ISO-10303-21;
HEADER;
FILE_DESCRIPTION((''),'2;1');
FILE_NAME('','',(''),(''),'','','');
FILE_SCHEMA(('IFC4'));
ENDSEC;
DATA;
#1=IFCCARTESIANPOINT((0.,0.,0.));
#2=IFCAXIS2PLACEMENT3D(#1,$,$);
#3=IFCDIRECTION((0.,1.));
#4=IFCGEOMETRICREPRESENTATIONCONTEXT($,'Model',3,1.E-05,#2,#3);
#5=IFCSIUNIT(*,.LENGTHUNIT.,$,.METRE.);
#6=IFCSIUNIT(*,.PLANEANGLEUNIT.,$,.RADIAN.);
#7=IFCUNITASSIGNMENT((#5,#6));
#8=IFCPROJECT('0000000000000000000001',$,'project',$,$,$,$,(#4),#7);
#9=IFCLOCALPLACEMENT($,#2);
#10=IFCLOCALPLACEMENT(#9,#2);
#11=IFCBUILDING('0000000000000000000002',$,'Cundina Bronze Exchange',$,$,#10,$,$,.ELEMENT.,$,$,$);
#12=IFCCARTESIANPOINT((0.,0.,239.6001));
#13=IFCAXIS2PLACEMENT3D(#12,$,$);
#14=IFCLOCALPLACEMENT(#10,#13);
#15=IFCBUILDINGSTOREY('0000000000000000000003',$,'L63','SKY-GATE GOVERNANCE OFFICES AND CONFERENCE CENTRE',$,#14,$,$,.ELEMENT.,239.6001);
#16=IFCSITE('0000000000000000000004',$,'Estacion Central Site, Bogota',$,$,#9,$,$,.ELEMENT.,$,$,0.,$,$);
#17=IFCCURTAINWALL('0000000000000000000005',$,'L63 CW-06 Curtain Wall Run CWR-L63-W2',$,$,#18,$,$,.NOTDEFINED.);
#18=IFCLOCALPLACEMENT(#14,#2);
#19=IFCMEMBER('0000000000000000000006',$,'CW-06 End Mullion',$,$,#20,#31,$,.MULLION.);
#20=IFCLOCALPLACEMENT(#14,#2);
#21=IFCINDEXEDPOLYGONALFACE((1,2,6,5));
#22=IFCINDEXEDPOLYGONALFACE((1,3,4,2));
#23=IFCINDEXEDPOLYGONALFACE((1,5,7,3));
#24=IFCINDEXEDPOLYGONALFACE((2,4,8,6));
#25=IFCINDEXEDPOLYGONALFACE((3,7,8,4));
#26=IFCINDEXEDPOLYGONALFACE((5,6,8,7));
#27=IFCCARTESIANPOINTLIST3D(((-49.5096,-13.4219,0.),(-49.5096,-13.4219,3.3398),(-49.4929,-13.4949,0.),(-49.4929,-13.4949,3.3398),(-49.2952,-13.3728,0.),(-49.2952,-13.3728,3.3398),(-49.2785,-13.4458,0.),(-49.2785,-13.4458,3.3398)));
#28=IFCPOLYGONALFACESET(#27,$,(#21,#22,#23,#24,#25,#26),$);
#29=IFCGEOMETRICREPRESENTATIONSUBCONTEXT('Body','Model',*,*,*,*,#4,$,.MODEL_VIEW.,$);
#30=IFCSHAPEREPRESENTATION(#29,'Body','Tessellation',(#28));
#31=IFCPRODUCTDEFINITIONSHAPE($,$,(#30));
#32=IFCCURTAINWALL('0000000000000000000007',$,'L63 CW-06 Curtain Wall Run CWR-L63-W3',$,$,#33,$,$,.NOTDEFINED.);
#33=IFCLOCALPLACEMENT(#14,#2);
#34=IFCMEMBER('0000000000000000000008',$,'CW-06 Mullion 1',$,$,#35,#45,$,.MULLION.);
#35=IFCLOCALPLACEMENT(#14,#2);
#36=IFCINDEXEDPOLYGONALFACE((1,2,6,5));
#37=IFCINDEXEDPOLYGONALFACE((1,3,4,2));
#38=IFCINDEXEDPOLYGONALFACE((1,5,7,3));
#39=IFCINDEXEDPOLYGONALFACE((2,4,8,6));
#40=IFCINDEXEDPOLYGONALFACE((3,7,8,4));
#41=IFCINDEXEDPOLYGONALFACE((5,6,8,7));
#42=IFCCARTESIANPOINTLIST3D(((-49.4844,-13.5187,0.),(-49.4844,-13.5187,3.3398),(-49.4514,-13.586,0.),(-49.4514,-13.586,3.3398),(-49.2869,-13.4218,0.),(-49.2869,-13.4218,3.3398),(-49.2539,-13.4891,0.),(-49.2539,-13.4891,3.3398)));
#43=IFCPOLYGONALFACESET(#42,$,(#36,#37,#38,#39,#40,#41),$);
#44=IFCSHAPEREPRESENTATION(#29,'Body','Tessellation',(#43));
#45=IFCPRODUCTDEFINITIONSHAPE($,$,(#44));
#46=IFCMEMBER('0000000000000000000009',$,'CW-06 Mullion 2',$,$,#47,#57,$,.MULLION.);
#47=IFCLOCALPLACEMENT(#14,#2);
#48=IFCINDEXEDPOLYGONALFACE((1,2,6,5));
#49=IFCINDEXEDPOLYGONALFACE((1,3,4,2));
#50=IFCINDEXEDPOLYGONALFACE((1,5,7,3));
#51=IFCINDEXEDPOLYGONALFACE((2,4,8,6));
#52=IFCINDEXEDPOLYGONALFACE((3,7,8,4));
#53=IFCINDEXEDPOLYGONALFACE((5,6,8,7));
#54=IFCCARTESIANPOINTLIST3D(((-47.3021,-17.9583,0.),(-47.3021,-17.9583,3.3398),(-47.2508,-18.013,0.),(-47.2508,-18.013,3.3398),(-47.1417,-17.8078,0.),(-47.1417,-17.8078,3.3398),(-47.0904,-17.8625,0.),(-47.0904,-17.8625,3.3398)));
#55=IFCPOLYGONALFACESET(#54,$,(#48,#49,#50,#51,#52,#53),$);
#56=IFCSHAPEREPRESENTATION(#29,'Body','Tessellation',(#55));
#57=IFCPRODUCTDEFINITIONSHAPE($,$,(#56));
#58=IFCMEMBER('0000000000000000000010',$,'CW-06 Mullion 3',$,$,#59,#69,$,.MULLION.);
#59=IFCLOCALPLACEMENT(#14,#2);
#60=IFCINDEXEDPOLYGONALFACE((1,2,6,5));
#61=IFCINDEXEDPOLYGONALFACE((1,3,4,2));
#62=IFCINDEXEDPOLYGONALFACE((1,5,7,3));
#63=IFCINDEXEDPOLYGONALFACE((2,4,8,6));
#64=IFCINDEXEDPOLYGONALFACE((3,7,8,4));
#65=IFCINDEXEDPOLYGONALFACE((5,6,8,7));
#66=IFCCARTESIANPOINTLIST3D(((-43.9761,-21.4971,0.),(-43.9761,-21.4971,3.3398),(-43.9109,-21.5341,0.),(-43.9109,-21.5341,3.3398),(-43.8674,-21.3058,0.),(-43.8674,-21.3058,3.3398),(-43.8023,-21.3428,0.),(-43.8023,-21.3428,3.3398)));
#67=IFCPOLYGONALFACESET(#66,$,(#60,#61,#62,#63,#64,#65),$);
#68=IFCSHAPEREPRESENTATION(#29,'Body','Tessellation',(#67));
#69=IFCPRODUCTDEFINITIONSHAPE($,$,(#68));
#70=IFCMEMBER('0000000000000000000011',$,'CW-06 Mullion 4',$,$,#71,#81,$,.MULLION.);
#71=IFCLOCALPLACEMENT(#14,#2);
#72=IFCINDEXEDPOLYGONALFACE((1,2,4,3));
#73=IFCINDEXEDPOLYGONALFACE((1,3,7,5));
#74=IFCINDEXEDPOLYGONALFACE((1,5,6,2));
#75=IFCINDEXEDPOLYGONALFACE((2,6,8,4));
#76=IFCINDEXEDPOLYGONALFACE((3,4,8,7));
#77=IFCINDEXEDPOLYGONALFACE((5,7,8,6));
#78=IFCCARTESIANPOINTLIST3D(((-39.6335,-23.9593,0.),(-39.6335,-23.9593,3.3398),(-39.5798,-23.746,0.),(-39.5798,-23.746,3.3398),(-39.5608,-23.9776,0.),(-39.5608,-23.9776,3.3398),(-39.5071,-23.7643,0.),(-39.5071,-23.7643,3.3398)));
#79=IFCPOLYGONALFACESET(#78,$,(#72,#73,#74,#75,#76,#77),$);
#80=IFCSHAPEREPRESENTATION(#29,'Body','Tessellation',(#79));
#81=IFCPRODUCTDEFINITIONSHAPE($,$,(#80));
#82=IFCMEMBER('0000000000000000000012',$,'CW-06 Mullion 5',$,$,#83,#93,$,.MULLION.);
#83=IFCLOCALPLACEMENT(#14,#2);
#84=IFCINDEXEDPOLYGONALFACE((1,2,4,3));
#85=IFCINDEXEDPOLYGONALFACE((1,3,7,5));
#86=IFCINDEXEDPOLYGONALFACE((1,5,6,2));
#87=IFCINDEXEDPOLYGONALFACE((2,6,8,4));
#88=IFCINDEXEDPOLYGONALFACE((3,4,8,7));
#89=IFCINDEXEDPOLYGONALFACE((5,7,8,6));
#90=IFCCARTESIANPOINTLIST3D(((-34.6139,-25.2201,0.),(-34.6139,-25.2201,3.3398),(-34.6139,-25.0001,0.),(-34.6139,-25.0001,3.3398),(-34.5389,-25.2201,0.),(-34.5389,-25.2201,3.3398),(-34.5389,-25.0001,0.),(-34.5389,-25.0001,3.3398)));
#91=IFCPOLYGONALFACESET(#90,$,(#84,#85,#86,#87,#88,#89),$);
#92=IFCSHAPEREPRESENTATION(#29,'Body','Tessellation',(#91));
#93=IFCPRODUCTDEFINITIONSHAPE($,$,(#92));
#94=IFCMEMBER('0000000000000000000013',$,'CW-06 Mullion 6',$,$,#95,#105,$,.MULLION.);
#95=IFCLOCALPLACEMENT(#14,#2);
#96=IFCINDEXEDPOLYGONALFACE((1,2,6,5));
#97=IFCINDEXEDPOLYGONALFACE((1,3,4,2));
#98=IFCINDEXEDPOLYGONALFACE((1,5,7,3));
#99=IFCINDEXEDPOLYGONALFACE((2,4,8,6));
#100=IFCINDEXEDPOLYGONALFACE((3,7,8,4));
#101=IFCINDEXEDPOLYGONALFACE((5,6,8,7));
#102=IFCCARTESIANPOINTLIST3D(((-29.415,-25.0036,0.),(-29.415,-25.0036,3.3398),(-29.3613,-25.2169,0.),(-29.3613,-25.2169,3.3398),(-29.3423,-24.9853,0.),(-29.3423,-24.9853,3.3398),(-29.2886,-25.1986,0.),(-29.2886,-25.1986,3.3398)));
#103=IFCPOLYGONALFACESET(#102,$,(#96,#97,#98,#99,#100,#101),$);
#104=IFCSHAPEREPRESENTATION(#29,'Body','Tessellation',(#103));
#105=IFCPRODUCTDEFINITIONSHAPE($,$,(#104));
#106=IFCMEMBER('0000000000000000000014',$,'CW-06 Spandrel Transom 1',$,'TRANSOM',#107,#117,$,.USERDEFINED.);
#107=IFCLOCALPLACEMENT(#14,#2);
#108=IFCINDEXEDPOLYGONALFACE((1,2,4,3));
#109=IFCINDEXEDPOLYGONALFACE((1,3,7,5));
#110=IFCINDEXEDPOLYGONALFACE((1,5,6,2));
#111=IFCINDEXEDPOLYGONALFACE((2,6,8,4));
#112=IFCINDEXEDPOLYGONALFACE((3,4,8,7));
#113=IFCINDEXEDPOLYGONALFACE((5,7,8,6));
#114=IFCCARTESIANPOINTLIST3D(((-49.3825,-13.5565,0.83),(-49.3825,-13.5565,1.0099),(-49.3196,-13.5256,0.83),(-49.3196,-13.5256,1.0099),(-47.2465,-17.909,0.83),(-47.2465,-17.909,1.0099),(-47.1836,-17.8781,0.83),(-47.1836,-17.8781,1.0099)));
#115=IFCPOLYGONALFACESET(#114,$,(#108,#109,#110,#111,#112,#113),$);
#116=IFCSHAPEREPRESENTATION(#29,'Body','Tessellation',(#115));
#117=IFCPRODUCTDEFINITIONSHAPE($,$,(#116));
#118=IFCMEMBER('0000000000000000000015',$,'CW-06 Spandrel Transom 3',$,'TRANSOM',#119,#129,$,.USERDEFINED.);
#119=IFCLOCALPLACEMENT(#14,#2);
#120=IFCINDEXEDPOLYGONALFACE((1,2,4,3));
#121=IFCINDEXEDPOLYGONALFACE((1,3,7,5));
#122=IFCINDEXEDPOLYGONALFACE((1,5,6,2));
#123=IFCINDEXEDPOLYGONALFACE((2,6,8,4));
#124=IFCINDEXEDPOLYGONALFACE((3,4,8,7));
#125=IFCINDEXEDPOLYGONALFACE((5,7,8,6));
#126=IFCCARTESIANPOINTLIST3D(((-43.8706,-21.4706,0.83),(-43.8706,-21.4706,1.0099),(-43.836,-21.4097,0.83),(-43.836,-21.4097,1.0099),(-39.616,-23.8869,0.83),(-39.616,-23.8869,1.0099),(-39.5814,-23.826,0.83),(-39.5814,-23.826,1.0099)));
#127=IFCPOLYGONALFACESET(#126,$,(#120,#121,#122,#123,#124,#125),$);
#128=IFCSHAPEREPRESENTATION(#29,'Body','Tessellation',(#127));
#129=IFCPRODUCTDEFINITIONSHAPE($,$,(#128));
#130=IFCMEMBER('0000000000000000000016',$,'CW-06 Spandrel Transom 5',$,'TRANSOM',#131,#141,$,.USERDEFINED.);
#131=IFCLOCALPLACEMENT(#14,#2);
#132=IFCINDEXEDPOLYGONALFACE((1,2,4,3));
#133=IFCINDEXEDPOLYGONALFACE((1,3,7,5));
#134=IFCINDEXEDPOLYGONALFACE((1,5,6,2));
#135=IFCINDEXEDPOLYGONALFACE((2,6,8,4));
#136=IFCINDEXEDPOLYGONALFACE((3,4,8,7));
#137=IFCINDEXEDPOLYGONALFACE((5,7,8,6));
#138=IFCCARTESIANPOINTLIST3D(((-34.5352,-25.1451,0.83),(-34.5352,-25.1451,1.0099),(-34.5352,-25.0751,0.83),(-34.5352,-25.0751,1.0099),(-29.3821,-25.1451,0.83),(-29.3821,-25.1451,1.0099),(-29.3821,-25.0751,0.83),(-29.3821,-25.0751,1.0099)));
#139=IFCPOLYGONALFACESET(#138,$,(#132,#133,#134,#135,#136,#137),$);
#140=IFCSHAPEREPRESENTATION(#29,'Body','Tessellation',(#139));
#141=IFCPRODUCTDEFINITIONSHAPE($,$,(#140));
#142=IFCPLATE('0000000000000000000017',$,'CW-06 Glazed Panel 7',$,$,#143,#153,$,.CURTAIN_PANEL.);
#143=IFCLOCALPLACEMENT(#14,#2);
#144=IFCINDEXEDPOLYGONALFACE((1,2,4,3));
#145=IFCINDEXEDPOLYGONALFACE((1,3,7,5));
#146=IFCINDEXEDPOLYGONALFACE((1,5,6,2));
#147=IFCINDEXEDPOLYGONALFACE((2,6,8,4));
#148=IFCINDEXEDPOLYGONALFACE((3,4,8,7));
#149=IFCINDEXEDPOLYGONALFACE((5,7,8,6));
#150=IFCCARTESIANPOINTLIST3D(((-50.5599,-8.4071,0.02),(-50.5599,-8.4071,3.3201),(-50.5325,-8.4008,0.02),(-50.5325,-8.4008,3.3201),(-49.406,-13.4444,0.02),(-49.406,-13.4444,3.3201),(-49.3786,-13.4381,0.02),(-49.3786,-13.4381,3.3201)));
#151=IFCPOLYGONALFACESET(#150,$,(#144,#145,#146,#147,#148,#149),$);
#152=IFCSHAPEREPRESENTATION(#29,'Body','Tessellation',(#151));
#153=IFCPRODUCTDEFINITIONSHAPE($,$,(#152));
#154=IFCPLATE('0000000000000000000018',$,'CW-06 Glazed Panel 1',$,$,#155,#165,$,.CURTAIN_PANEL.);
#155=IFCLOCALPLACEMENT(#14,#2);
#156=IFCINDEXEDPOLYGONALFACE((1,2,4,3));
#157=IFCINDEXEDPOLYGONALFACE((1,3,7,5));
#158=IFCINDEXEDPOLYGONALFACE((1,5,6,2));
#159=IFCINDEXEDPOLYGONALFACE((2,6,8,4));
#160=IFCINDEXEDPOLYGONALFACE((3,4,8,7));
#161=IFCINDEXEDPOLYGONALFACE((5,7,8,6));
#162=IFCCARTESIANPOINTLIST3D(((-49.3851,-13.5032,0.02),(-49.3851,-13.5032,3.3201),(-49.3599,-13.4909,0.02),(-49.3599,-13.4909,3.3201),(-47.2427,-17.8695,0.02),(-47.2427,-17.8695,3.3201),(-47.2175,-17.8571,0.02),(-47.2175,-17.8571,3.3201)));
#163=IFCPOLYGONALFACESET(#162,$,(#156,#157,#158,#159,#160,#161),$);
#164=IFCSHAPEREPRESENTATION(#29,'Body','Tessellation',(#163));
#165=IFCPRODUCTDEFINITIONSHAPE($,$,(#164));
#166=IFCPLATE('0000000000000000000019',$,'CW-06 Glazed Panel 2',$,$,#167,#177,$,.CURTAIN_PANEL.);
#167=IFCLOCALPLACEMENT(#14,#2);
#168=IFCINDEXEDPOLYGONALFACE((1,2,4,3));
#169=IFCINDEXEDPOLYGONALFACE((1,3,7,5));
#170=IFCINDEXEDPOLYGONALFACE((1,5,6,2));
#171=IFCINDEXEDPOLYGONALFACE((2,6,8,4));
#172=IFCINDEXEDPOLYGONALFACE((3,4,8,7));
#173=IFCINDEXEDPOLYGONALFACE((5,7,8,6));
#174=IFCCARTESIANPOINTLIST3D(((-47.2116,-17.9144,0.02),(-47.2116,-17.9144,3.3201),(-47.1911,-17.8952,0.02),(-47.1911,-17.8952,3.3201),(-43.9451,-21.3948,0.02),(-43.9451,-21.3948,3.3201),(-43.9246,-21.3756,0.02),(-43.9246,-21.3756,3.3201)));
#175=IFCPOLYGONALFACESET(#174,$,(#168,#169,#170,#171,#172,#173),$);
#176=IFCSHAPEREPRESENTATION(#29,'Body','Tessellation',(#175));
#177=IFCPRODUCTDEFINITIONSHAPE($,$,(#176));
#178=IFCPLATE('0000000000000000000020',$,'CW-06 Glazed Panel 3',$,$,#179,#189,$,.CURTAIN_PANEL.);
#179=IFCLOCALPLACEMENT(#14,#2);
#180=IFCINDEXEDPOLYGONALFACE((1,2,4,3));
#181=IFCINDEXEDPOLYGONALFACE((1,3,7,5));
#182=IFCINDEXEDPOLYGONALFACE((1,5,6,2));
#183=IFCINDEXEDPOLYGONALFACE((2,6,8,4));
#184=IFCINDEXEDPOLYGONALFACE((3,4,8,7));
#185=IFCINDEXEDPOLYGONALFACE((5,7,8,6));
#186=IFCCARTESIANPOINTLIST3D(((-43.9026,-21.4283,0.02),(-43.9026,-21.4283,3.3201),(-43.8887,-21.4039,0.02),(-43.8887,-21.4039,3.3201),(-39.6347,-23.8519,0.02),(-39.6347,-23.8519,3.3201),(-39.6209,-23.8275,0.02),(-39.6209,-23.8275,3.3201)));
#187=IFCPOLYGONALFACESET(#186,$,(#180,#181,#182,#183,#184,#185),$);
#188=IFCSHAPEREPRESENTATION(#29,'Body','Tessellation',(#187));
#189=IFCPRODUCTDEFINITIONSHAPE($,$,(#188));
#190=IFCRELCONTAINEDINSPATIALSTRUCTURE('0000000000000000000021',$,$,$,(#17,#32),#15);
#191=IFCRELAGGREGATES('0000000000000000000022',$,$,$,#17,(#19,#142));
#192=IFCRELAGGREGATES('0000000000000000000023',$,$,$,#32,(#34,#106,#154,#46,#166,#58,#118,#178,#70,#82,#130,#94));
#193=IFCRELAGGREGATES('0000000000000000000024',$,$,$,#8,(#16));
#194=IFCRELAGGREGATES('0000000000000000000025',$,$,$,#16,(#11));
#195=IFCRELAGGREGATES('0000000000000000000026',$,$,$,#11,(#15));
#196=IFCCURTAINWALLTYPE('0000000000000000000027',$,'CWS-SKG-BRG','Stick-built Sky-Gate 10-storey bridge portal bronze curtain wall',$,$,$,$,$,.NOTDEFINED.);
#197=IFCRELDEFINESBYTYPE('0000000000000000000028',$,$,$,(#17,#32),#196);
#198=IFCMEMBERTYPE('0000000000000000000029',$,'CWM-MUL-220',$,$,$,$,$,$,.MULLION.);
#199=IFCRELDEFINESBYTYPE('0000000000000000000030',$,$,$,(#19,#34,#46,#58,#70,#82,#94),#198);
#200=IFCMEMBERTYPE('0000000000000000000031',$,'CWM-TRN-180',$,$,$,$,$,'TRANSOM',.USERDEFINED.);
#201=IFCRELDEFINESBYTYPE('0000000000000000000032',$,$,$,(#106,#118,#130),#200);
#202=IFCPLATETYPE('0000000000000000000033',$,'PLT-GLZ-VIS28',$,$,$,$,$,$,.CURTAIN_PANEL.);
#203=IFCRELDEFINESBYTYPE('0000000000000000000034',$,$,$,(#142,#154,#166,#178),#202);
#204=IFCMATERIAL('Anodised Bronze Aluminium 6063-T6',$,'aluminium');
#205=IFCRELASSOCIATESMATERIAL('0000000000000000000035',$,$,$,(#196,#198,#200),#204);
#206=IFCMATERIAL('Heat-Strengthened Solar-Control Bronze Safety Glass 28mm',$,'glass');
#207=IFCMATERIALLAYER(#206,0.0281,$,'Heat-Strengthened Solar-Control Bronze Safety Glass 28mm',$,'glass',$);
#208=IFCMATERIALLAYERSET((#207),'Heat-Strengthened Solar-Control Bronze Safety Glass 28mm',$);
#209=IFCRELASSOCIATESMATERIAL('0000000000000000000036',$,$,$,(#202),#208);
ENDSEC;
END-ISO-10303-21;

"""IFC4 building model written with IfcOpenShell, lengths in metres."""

from ifc_helpers import new_model, si_unit, direction, frame, origin, origin_2d, place, context, subcontext, project, spatial, rectangle, extrude, material, layer, layer_set, material_profile, profile_set, type_object, element, aggregate, save


model = new_model("IFC4")

# Units and contexts
model_context = context("Model", 3, precision=1e-05, world=origin(), true_north=direction((0.0, 1.0)))
body_context = subcontext(model_context, "Body", "Model", "MODEL_VIEW")
ifc_project = project(units=[si_unit("LENGTHUNIT", "METRE"), si_unit("PLANEANGLEUNIT", "RADIAN")], contexts=[model_context])

# Site, building, storey
site_placement = place(None, origin())
site = spatial("IfcSite", under=ifc_project, at=site_placement, Name="Estacion Central Site, Bogota", CompositionType="ELEMENT", RefElevation=0.0)
building_placement = place(site_placement, origin())
building = spatial("IfcBuilding", under=site, at=building_placement, Name="Cundina Bronze Exchange", CompositionType="ELEMENT")
storey_placement = place(building_placement, frame((0.0, 0.0, 239.6001)))
storey = spatial("IfcBuildingStorey", under=building, at=storey_placement, Name="L63", Description="SKY-GATE GOVERNANCE OFFICES AND CONFERENCE CENTRE", CompositionType="ELEMENT", Elevation=239.6001)

# Curtain wall, member
ifc_material_1 = material(Name="Anodised Bronze Aluminium 6063-T6", Category="aluminium")
curtain_wall_type = type_object("IfcCurtainWallType", Name="CWS-SKG-BRG", Description="Stick-built Sky-Gate 10-storey bridge portal bronze curtain wall", PredefinedType="NOTDEFINED", material=ifc_material_1)
curtain_wall_1_placement = place(storey_placement, origin())
curtain_wall_1 = element("IfcCurtainWall", 1, at=curtain_wall_1_placement, inside=storey, type_object=curtain_wall_type, Name="L63 CW-06 Curtain Wall Run CWR-L63-W2", PredefinedType="NOTDEFINED")
ifc_material_profile_1 = material_profile(ifc_material_1, rectangle(XDim=0.075, YDim=0.22, at=origin_2d()), Name="AL75X220", Category="aluminium")
ifc_profile_set_1 = profile_set([ifc_material_profile_1], Name="Anodised Bronze Aluminium 6063-T6")
member_type_1 = type_object("IfcMemberType", Name="CWM-MUL-220", PredefinedType="MULLION", material=ifc_profile_set_1)
member_1_placement = place(storey_placement, frame((-49.394, -13.4338, 0.0), z_axis=(0.0, 0.0, 1.0), x_axis=(0.22325, -0.974761, 0.0)))
member_1 = element("IfcMember", 2, at=member_1_placement, type_object=member_type_1, Name="CW-06 End Mullion", PredefinedType="MULLION", context=body_context, shape_type="SweptSolid", body=[
    extrude(rectangle(XDim=0.075, YDim=0.22, at=origin_2d()), origin(), (0.0, 0.0, 1.0), 3.3398),
])

# Curtain wall, members
curtain_wall_2_placement = place(storey_placement, origin())
curtain_wall_2 = element("IfcCurtainWall", 3, at=curtain_wall_2_placement, inside=storey, type_object=curtain_wall_type, Name="L63 CW-06 Curtain Wall Run CWR-L63-W3", PredefinedType="NOTDEFINED")
member_2_placement = place(storey_placement, frame((-49.3691, -13.5039, 0.0), z_axis=(0.0, 0.0, 1.0), x_axis=(0.440566, -0.89772, 0.0)))
member_2 = element("IfcMember", 4, at=member_2_placement, type_object=member_type_1, Name="CW-06 Mullion 1", PredefinedType="MULLION", context=body_context, shape_type="SweptSolid", body=[
    extrude(rectangle(XDim=0.075, YDim=0.22, at=origin_2d()), origin(), (0.0, 0.0, 1.0), 3.3398),
])
member_3_placement = place(storey_placement, frame((-47.1963, -17.9104, 0.0), z_axis=(0.0, 0.0, 1.0), x_axis=(0.684293, -0.729208, 0.0)))
member_3 = element("IfcMember", 5, at=member_3_placement, type_object=member_type_1, Name="CW-06 Mullion 2", PredefinedType="MULLION", context=body_context, shape_type="SweptSolid", body=[
    extrude(rectangle(XDim=0.075, YDim=0.22, at=origin_2d()), origin(), (0.0, 0.0, 1.0), 3.3398),
])
member_4_placement = place(storey_placement, frame((-43.8892, -21.4199, 0.0), z_axis=(0.0, 0.0, 1.0), x_axis=(0.869581, -0.49379, 0.0)))
member_4 = element("IfcMember", 6, at=member_4_placement, type_object=member_type_1, Name="CW-06 Mullion 3", PredefinedType="MULLION", context=body_context, shape_type="SweptSolid", body=[
    extrude(rectangle(XDim=0.075, YDim=0.22, at=origin_2d()), origin(), (0.0, 0.0, 1.0), 3.3398),
])
member_5_placement = place(storey_placement, frame((-39.5703, -23.8618, 0.0), z_axis=(0.0, 0.0, 1.0), x_axis=(0.969744, -0.244123, 0.0)))
member_5 = element("IfcMember", 7, at=member_5_placement, type_object=member_type_1, Name="CW-06 Mullion 4", PredefinedType="MULLION", context=body_context, shape_type="SweptSolid", body=[
    extrude(rectangle(XDim=0.075, YDim=0.22, at=origin_2d()), origin(), (0.0, 0.0, 1.0), 3.3398),
])
member_6_placement = place(storey_placement, frame((-34.5764, -25.1101, 0.0), z_axis=(0.0, 0.0, 1.0), x_axis=(1.0, 0.0, 0.0)))
member_6 = element("IfcMember", 8, at=member_6_placement, type_object=member_type_1, Name="CW-06 Mullion 5", PredefinedType="MULLION", context=body_context, shape_type="SweptSolid", body=[
    extrude(rectangle(XDim=0.075, YDim=0.22, at=origin_2d()), origin(), (0.0, 0.0, 1.0), 3.3398),
])
member_7_placement = place(storey_placement, frame((-29.3518, -25.1011, 0.0), z_axis=(0.0, 0.0, 1.0), x_axis=(0.969744, 0.244123, 0.0)))
member_7 = element("IfcMember", 9, at=member_7_placement, type_object=member_type_1, Name="CW-06 Mullion 6", PredefinedType="MULLION", context=body_context, shape_type="SweptSolid", body=[
    extrude(rectangle(XDim=0.075, YDim=0.22, at=origin_2d()), origin(), (0.0, 0.0, 1.0), 3.3398),
])
ifc_material_profile_2 = material_profile(ifc_material_1, rectangle(XDim=0.0701, YDim=0.1799, at=origin_2d()), Name="AL70X180", Category="aluminium")
ifc_profile_set_2 = profile_set([ifc_material_profile_2], Name="Anodised Bronze Aluminium 6063-T6")
member_type_2 = type_object("IfcMemberType", Name="CWM-TRN-180", ElementType="TRANSOM", PredefinedType="USERDEFINED", material=ifc_profile_set_2)
member_8_placement = place(storey_placement, frame((-49.3511, -13.541, 0.9199), z_axis=(0.440554, -0.897726, 0.0), x_axis=(0.897726, 0.440554, 0.0)))
member_8 = element("IfcMember", 10, at=member_8_placement, type_object=member_type_2, Name="CW-06 Spandrel Transom 1", ObjectType="TRANSOM", PredefinedType="USERDEFINED", context=body_context, shape_type="SweptSolid", body=[
    extrude(rectangle(XDim=0.0701, YDim=0.1799, at=origin_2d()), origin(), (0.0, 0.0, 1.0), 4.8484),
])
member_9_placement = place(storey_placement, frame((-43.8533, -21.4402, 0.9199), z_axis=(0.869557, -0.493832, 0.0), x_axis=(0.493832, 0.869557, 0.0)))
member_9 = element("IfcMember", 11, at=member_9_placement, type_object=member_type_2, Name="CW-06 Spandrel Transom 3", ObjectType="TRANSOM", PredefinedType="USERDEFINED", context=body_context, shape_type="SweptSolid", body=[
    extrude(rectangle(XDim=0.0701, YDim=0.1799, at=origin_2d()), origin(), (0.0, 0.0, 1.0), 4.8928),
])
member_10_placement = place(storey_placement, frame((-34.5352, -25.1101, 0.9199), z_axis=(1.0, 0.0, 0.0), x_axis=(0.0, 1.0, 0.0)))
member_10 = element("IfcMember", 12, at=member_10_placement, type_object=member_type_2, Name="CW-06 Spandrel Transom 5", ObjectType="TRANSOM", PredefinedType="USERDEFINED", context=body_context, shape_type="SweptSolid", body=[
    extrude(rectangle(XDim=0.0701, YDim=0.1799, at=origin_2d()), origin(), (0.0, 0.0, 1.0), 5.1531),
])

# Plates
ifc_material_2 = material(Name="Heat-Strengthened Solar-Control Bronze Safety Glass 28mm", Category="glass")
ifc_layer_1 = layer(ifc_material_2, 0.0281, Name="Heat-Strengthened Solar-Control Bronze Safety Glass 28mm", Category="glass")
ifc_layer_set_1 = layer_set([ifc_layer_1], Name="Heat-Strengthened Solar-Control Bronze Safety Glass 28mm")
plate_type_1 = type_object("IfcPlateType", Name="PLT-GLZ-VIS28", PredefinedType="CURTAIN_PANEL", material=ifc_layer_set_1)
plate_1_placement = place(storey_placement, frame((-49.9692, -10.9226, 0.02), z_axis=(0.0, 0.0, 1.0), x_axis=(0.223284, -0.974753, 0.0)))
plate_1 = element("IfcPlate", 13, at=plate_1_placement, type_object=plate_type_1, Name="CW-06 Glazed Panel 7", PredefinedType="CURTAIN_PANEL", context=body_context, shape_type="SweptSolid", body=[
    extrude(rectangle(XDim=5.1677, YDim=0.0281, at=origin_2d()), origin(), (0.0, 0.0, 1.0), 3.3),
])
aggregate(curtain_wall_1, [member_1, plate_1])
plate_2_placement = place(storey_placement, frame((-48.3013, -15.6802, 0.02), z_axis=(0.0, 0.0, 1.0), x_axis=(0.440503, -0.897751, 0.0)))
plate_2 = element("IfcPlate", 14, at=plate_2_placement, type_object=plate_type_1, Name="CW-06 Glazed Panel 1", PredefinedType="CURTAIN_PANEL", context=body_context, shape_type="SweptSolid", body=[
    extrude(rectangle(XDim=4.8635, YDim=0.0281, at=origin_2d()), origin(), (0.0, 0.0, 1.0), 3.3),
])
plate_3_placement = place(storey_placement, frame((-45.5681, -19.645, 0.02), z_axis=(0.0, 0.0, 1.0), x_axis=(0.684344, -0.72916, 0.0)))
plate_3 = element("IfcPlate", 15, at=plate_3_placement, type_object=plate_type_1, Name="CW-06 Glazed Panel 2", PredefinedType="CURTAIN_PANEL", context=body_context, shape_type="SweptSolid", body=[
    extrude(rectangle(XDim=4.7732, YDim=0.0281, at=origin_2d()), origin(), (0.0, 0.0, 1.0), 3.3),
])
plate_4_placement = place(storey_placement, frame((-41.7617, -22.6279, 0.02), z_axis=(0.0, 0.0, 1.0), x_axis=(0.869573, -0.493805, 0.0)))
plate_4 = element("IfcPlate", 16, at=plate_4_placement, type_object=plate_type_1, Name="CW-06 Glazed Panel 3", PredefinedType="CURTAIN_PANEL", context=body_context, shape_type="SweptSolid", body=[
    extrude(rectangle(XDim=4.908, YDim=0.0281, at=origin_2d()), origin(), (0.0, 0.0, 1.0), 3.3),
])
aggregate(curtain_wall_2, [member_2, member_8, plate_2, member_3, plate_3, member_4, member_9, plate_4, member_5, member_6, member_10, member_7])

save(model, "model.ifc")
